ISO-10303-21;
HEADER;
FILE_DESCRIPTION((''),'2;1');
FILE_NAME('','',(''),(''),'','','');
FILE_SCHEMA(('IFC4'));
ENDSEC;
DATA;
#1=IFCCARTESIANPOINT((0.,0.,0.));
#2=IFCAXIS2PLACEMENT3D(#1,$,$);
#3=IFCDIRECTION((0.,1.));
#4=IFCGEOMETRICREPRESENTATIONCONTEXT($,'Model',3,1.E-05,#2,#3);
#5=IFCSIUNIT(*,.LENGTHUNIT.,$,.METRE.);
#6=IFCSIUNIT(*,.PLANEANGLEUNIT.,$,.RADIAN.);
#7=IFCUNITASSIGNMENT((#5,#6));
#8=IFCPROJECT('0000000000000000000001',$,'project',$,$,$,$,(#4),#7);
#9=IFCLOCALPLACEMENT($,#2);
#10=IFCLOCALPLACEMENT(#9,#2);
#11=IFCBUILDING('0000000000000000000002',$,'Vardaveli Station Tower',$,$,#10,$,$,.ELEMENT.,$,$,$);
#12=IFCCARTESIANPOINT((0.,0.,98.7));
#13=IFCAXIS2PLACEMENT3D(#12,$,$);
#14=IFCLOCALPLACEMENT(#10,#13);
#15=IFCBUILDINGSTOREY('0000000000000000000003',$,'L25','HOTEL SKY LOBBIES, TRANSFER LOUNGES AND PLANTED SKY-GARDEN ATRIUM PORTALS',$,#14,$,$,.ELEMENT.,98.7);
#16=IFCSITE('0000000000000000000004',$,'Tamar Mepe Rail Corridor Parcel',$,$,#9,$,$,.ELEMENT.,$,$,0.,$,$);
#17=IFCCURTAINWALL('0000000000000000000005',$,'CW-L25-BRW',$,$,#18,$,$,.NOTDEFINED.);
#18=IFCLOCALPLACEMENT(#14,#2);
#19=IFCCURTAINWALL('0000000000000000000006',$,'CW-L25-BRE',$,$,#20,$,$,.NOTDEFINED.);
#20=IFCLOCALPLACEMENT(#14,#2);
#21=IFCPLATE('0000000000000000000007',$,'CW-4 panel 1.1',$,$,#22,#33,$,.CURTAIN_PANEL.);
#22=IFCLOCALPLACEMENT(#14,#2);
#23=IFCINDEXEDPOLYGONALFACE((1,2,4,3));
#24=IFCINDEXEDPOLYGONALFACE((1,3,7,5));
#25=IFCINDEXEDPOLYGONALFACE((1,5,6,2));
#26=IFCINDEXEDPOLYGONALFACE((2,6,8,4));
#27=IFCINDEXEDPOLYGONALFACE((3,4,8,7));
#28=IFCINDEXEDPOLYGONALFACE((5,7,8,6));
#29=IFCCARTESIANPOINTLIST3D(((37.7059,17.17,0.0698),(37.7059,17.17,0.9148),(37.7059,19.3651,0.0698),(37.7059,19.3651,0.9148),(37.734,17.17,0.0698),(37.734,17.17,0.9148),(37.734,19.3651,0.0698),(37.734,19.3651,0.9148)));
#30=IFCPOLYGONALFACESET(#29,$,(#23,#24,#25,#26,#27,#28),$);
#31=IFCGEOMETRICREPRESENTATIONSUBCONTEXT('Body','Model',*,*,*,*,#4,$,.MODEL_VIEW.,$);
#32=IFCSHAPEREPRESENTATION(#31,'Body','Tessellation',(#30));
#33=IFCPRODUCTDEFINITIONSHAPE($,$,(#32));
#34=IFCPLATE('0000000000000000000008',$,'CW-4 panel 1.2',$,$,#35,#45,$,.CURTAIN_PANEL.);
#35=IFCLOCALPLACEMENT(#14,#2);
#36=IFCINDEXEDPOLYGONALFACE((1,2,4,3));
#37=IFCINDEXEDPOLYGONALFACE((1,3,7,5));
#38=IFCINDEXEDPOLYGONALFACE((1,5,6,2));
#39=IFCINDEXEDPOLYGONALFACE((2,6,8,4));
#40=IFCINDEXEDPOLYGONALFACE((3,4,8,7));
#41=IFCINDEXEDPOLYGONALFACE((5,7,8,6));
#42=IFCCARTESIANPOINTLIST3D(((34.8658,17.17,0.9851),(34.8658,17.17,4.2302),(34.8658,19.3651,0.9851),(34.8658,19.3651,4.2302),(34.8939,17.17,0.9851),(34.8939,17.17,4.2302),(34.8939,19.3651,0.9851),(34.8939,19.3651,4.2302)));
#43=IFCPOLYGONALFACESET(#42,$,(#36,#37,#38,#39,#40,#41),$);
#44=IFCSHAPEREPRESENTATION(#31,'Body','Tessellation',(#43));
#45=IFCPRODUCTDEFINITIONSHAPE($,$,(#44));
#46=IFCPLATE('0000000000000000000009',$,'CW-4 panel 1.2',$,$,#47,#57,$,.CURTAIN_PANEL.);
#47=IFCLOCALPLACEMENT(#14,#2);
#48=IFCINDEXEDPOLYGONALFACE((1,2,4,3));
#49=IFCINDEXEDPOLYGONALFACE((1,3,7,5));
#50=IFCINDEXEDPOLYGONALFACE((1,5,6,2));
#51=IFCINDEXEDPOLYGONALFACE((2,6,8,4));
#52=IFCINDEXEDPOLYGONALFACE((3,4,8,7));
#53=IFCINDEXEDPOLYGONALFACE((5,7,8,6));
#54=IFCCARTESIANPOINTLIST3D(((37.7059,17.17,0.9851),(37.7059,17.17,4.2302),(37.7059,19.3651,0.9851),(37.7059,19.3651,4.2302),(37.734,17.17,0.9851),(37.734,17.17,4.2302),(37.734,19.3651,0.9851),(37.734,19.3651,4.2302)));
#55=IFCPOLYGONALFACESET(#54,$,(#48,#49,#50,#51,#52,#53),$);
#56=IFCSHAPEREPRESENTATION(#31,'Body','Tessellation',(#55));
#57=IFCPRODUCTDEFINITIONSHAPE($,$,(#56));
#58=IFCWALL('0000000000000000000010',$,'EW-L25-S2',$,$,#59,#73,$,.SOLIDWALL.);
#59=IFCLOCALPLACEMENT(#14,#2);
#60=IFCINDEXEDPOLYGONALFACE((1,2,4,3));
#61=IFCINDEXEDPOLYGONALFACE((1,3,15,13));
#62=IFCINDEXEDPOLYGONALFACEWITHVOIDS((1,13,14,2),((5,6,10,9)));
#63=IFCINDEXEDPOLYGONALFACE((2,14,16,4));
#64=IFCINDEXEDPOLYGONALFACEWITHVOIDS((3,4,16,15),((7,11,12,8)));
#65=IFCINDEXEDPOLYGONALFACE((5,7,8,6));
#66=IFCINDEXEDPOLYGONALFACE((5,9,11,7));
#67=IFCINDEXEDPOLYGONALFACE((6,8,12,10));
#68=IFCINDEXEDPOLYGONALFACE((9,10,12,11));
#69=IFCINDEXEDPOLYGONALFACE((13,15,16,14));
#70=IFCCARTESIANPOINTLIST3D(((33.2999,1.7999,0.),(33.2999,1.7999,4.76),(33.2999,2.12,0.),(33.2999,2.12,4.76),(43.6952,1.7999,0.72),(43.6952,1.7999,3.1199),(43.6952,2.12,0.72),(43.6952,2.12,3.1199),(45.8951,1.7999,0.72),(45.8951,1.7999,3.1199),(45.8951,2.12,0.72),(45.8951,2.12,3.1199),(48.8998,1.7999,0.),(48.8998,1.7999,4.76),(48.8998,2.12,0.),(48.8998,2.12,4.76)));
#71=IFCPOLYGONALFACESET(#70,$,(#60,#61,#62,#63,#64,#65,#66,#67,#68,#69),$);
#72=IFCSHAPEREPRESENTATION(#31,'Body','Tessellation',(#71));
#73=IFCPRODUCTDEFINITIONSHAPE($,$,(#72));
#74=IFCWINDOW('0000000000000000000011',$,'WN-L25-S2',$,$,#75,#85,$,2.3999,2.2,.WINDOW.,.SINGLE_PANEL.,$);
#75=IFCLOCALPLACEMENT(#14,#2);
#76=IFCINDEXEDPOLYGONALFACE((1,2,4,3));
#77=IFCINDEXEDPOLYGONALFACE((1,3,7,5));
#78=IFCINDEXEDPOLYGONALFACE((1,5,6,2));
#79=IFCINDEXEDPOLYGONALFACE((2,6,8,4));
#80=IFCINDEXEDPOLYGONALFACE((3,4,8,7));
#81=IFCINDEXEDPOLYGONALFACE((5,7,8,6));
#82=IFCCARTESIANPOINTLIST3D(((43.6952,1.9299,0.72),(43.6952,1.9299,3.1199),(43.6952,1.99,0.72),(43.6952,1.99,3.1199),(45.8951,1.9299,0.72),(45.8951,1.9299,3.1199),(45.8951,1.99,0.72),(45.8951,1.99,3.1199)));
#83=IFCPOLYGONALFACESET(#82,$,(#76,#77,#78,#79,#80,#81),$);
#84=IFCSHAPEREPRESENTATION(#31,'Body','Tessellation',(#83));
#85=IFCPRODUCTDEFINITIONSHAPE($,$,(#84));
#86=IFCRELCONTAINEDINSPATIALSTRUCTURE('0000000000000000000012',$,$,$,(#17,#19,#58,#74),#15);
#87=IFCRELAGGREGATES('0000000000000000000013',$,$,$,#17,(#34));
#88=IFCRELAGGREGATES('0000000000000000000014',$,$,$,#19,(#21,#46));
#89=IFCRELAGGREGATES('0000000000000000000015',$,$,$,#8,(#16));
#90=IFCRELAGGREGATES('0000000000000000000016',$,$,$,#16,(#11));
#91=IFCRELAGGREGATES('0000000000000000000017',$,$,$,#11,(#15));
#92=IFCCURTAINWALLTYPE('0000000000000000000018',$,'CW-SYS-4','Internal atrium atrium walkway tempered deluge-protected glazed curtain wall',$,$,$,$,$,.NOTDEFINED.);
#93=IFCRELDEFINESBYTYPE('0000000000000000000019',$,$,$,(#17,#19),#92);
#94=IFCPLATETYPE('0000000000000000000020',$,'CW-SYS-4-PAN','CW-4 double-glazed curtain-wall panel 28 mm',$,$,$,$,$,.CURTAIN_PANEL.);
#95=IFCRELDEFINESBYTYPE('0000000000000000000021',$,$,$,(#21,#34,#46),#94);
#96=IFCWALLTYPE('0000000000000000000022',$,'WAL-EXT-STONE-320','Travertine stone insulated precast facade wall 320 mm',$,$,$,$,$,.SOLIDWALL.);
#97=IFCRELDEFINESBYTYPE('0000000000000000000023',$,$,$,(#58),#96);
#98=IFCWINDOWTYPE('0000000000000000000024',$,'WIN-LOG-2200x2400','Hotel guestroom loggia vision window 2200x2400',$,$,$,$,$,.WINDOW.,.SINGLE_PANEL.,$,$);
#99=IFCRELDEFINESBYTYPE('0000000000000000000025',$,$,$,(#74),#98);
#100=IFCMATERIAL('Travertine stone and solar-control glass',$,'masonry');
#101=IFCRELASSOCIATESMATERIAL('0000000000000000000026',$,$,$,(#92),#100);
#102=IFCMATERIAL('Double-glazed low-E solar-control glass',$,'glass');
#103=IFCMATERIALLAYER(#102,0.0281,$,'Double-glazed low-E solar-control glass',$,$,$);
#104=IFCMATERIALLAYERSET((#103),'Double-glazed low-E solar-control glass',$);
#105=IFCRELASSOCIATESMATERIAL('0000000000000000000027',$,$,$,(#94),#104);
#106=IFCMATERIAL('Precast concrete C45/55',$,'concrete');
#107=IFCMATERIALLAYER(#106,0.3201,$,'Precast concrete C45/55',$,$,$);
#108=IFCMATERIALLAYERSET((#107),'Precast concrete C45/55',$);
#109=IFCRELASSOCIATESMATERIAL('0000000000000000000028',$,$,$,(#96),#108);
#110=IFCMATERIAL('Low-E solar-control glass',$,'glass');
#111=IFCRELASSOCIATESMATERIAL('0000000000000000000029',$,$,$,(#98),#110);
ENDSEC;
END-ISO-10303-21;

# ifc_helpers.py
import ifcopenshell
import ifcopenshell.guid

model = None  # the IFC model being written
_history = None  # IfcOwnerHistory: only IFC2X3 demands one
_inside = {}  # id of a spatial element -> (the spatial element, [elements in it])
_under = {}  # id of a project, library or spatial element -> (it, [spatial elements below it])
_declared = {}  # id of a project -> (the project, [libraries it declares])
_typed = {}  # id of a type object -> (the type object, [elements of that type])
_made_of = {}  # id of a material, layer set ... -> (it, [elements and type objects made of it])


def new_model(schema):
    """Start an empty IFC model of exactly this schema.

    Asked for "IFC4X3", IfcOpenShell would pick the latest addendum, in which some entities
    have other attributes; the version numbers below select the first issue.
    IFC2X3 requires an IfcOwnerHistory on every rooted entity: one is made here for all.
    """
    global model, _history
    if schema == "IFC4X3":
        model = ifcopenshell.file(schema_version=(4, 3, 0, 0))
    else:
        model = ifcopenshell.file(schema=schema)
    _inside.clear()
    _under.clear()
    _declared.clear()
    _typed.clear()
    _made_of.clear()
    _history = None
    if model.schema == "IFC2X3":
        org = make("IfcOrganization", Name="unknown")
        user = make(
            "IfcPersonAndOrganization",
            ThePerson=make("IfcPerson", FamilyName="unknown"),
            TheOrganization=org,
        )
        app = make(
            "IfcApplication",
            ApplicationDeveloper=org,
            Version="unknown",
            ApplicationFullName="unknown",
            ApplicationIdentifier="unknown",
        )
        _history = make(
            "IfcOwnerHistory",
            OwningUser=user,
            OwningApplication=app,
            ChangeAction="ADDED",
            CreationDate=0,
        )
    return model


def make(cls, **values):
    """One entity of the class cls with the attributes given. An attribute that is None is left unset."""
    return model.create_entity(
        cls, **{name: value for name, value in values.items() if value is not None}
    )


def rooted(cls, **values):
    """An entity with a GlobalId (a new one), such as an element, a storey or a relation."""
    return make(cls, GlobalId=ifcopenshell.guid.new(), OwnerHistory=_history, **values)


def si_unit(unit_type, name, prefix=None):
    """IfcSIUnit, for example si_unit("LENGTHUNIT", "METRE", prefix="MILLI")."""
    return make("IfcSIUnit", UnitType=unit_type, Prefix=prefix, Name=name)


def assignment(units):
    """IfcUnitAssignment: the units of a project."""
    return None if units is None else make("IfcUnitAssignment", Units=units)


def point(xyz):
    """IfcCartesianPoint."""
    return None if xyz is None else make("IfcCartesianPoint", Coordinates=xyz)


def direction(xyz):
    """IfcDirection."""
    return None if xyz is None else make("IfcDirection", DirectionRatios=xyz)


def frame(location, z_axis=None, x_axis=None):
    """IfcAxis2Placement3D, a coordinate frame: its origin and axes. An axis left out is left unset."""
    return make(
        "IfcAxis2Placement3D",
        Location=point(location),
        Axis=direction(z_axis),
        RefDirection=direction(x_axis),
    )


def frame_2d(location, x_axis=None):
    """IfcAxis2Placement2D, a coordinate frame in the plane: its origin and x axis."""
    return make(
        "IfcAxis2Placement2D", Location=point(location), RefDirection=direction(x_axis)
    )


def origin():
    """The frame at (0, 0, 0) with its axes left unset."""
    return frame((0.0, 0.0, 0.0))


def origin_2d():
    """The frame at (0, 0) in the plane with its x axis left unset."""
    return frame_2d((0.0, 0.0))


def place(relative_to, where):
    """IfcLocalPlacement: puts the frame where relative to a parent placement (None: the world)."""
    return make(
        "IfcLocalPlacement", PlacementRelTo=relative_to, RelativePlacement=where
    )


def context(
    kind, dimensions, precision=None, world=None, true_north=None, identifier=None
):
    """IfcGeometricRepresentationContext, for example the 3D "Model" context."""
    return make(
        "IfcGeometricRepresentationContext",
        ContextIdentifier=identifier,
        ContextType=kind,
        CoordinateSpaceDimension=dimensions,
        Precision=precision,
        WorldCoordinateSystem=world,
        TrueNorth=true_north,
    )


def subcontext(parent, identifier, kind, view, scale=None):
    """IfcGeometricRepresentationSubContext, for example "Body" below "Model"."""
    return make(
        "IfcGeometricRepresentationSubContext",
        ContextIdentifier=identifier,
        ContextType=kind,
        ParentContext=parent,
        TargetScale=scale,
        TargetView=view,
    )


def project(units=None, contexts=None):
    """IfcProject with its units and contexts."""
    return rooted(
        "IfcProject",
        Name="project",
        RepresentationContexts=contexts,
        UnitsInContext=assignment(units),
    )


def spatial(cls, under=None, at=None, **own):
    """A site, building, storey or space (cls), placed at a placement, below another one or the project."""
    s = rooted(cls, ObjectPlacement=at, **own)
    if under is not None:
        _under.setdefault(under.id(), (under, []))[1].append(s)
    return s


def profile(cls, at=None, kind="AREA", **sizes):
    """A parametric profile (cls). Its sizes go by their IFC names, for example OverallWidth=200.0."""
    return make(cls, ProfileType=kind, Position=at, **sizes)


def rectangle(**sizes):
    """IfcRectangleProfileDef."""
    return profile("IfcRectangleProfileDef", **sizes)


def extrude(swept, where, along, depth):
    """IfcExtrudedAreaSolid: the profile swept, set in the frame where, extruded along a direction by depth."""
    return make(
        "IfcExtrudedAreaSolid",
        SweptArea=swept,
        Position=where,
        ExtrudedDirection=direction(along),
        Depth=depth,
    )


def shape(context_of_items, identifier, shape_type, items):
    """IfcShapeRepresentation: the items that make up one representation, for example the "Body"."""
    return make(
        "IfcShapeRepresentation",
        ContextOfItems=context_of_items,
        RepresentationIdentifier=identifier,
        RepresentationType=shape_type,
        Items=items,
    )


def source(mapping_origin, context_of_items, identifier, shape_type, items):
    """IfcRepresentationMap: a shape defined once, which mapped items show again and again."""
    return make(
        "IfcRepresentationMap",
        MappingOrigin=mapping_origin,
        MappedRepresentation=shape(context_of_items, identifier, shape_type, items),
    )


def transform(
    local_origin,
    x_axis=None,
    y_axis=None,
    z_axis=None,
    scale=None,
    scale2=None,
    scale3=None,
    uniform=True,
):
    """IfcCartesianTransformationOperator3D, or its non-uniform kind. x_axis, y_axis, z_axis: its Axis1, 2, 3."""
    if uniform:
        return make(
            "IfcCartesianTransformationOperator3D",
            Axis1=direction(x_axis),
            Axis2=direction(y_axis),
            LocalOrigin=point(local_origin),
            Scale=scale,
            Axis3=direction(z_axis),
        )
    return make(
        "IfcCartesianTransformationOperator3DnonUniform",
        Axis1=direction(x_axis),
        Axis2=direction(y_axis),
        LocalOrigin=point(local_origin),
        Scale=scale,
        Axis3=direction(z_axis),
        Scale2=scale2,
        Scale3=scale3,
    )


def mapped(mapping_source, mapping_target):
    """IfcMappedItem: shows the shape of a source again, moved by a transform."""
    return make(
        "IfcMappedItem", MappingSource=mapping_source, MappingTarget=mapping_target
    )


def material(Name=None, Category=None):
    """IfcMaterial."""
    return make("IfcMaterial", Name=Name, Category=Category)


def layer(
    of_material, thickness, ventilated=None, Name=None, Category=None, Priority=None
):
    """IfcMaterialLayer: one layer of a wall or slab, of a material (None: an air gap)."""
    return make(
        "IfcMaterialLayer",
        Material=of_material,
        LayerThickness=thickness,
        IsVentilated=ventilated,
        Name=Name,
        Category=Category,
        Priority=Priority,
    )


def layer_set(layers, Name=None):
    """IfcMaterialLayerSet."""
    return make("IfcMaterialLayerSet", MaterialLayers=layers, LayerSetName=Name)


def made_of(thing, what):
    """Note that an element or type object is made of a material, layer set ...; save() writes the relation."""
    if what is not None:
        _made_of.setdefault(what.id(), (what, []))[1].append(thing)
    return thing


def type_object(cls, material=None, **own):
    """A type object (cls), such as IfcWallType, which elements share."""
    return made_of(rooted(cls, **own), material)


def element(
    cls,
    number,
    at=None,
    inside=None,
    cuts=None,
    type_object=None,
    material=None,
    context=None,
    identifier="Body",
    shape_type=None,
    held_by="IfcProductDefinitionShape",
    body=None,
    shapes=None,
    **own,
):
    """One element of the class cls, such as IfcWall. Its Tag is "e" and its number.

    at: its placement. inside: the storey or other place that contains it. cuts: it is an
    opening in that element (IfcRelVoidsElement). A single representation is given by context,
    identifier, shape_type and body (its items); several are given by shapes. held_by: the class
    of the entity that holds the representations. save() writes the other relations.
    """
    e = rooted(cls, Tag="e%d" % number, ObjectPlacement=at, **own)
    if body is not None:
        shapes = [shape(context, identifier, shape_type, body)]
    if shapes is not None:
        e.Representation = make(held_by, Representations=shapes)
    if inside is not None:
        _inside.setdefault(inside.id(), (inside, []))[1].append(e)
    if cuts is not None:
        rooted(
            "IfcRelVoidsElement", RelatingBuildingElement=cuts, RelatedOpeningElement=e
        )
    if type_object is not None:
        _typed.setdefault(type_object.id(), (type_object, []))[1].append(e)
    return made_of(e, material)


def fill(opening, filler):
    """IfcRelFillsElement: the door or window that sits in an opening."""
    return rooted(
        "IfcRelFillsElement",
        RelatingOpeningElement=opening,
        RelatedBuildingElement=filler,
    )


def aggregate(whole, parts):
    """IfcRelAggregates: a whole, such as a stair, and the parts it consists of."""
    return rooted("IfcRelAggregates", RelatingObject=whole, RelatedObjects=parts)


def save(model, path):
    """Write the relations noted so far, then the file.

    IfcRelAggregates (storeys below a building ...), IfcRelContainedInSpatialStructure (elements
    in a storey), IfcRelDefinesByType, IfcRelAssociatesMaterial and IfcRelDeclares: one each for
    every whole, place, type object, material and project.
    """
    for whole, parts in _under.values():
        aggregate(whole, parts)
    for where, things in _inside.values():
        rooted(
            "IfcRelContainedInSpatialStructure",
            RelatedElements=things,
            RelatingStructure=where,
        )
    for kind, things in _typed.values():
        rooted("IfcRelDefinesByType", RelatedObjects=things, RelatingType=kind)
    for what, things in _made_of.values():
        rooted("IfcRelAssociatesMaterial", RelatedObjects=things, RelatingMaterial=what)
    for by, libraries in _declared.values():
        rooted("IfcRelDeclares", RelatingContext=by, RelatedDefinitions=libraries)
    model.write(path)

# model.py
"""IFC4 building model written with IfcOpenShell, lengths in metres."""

from ifc_helpers import new_model, si_unit, direction, frame, frame_2d, origin, origin_2d, place, context, subcontext, project, spatial, rectangle, extrude, source, transform, mapped, material, layer, layer_set, type_object, element, fill, aggregate, save


model = new_model("IFC4")

# Units and contexts
model_context = context("Model", 3, precision=1e-05, world=origin(), true_north=direction((0.0, 1.0)))
body_context = subcontext(model_context, "Body", "Model", "MODEL_VIEW")
ifc_project = project(units=[si_unit("LENGTHUNIT", "METRE"), si_unit("PLANEANGLEUNIT", "RADIAN")], contexts=[model_context])

# Site, building, storey
site_placement = place(None, origin())
site = spatial("IfcSite", under=ifc_project, at=site_placement, Name="Tamar Mepe Rail Corridor Parcel", CompositionType="ELEMENT", RefElevation=0.0)
building_placement = place(site_placement, origin())
building = spatial("IfcBuilding", under=site, at=building_placement, Name="Vardaveli Station Tower", CompositionType="ELEMENT")
storey_placement = place(building_placement, frame((0.0, 0.0, 98.7)))
storey = spatial("IfcBuildingStorey", under=building, at=storey_placement, Name="L25", Description="HOTEL SKY LOBBIES, TRANSFER LOUNGES AND PLANTED SKY-GARDEN ATRIUM PORTALS", CompositionType="ELEMENT", Elevation=98.7)

# Curtain walls
ifc_material_1 = material(Name="Travertine stone and solar-control glass", Category="masonry")
curtain_wall_type_1 = type_object("IfcCurtainWallType", Name="CW-SYS-4", Description="Internal atrium atrium walkway tempered deluge-protected glazed curtain wall", PredefinedType="NOTDEFINED", material=ifc_material_1)
curtain_wall_1_placement = place(storey_placement, origin())
curtain_wall_1 = element("IfcCurtainWall", 1, at=curtain_wall_1_placement, inside=storey, type_object=curtain_wall_type_1, Name="CW-L25-BRW", PredefinedType="NOTDEFINED")
curtain_wall_2_placement = place(storey_placement, origin())
curtain_wall_2 = element("IfcCurtainWall", 2, at=curtain_wall_2_placement, inside=storey, type_object=curtain_wall_type_1, Name="CW-L25-BRE", PredefinedType="NOTDEFINED")

# Plates
ifc_material_2 = material(Name="Double-glazed low-E solar-control glass", Category="glass")
ifc_layer_1 = layer(ifc_material_2, 0.0281, Name="Double-glazed low-E solar-control glass")
ifc_layer_set_1 = layer_set([ifc_layer_1], Name="Double-glazed low-E solar-control glass")
plate_type = type_object("IfcPlateType", Name="CW-SYS-4-PAN", Description="CW-4 double-glazed curtain-wall panel 28 mm", PredefinedType="CURTAIN_PANEL", material=ifc_layer_set_1)
shared_shape_1 = source(origin(), body_context, "Body", "SweptSolid", [
    extrude(rectangle(XDim=2.1951, YDim=0.0281, at=origin_2d()), origin(), (0.0, 0.0, 1.0), 0.845),
])
plate_1_placement = place(storey_placement, frame((37.72, 18.2676, 0.0698), z_axis=(0.0, 0.0, 1.0), x_axis=(0.0, 1.0, 0.0)))
plate_1 = element("IfcPlate", 3, at=plate_1_placement, type_object=plate_type, Name="CW-4 panel 1.1", PredefinedType="CURTAIN_PANEL", context=body_context, shape_type="MappedRepresentation", body=[
    mapped(shared_shape_1, transform((0.0, 0.0, 0.0), scale=1.0)),
])
shared_shape_2 = source(origin(), body_context, "Body", "SweptSolid", [
    extrude(rectangle(XDim=2.1951, YDim=0.0281, at=origin_2d()), origin(), (0.0, 0.0, 1.0), 3.2451),
])
plate_2_placement = place(storey_placement, frame((34.8799, 18.2676, 0.9851), z_axis=(0.0, 0.0, 1.0), x_axis=(0.0, 1.0, 0.0)))
plate_2 = element("IfcPlate", 4, at=plate_2_placement, type_object=plate_type, Name="CW-4 panel 1.2", PredefinedType="CURTAIN_PANEL", context=body_context, shape_type="MappedRepresentation", body=[
    mapped(shared_shape_2, transform((0.0, 0.0, 0.0), scale=1.0)),
])
aggregate(curtain_wall_1, [plate_2])
plate_3_placement = place(storey_placement, frame((37.72, 18.2676, 0.9851), z_axis=(0.0, 0.0, 1.0), x_axis=(0.0, 1.0, 0.0)))
plate_3 = element("IfcPlate", 5, at=plate_3_placement, type_object=plate_type, Name="CW-4 panel 1.2", PredefinedType="CURTAIN_PANEL", context=body_context, shape_type="MappedRepresentation", body=[
    mapped(shared_shape_2, transform((0.0, 0.0, 0.0), scale=1.0)),
])
aggregate(curtain_wall_2, [plate_1, plate_3])

# Wall, opening, window
ifc_material_3 = material(Name="Precast concrete C45/55", Category="concrete")
ifc_layer_2 = layer(ifc_material_3, 0.3201, Name="Precast concrete C45/55")
ifc_layer_set_2 = layer_set([ifc_layer_2], Name="Precast concrete C45/55")
wall_type = type_object("IfcWallType", Name="WAL-EXT-STONE-320", Description="Travertine stone insulated precast facade wall 320 mm", PredefinedType="SOLIDWALL", material=ifc_layer_set_2)
shared_shape_3 = source(origin(), body_context, "Body", "SweptSolid", [
    extrude(rectangle(XDim=15.5999, YDim=0.3201, at=frame_2d((7.7998, 0.0))), origin(), (0.0, 0.0, 1.0), 4.76),
])
wall_placement = place(storey_placement, frame((33.3, 1.96, 0.0), z_axis=(0.0, 0.0, 1.0), x_axis=(1.0, 0.0, 0.0)))
wall = element("IfcWall", 6, at=wall_placement, inside=storey, type_object=wall_type, Name="EW-L25-S2", PredefinedType="SOLIDWALL", context=body_context, shape_type="MappedRepresentation", body=[
    mapped(shared_shape_3, transform((0.0, 0.0, 0.0), scale=1.0)),
])
shared_shape_4 = source(origin(), body_context, "Body", "SweptSolid", [
    extrude(rectangle(XDim=2.2, YDim=2.3999, at=frame_2d((1.1001, 1.2))), frame((0.0, 0.1699, 0.0), z_axis=(0.0, -1.0, 0.0), x_axis=(1.0, 0.0, 0.0)), (0.0, 0.0, 1.0), 0.3401),
])
opening_placement = place(wall_placement, frame((10.395, 0.0, 0.72)))
opening = element("IfcOpeningElement", 7, at=opening_placement, cuts=wall, PredefinedType="OPENING", context=body_context, shape_type="MappedRepresentation", body=[
    mapped(shared_shape_4, transform((0.0, 0.0, 0.0), scale=1.0)),
])
ifc_material_4 = material(Name="Low-E solar-control glass", Category="glass")
window_type = type_object("IfcWindowType", Name="WIN-LOG-2200x2400", Description="Hotel guestroom loggia vision window 2200x2400", PartitioningType="SINGLE_PANEL", PredefinedType="WINDOW", material=ifc_material_4)
shared_shape_5 = source(origin(), body_context, "Body", "SweptSolid", [
    extrude(rectangle(XDim=2.2, YDim=2.3999, at=frame_2d((1.1001, 1.2))), frame((0.0, 0.03, 0.0), z_axis=(0.0, -1.0, 0.0), x_axis=(1.0, 0.0, 0.0)), (0.0, 0.0, 1.0), 0.0601),
])
window_placement = place(opening_placement, origin())
window = element("IfcWindow", 8, at=window_placement, inside=storey, type_object=window_type, Name="WN-L25-S2", OverallHeight=2.3999, OverallWidth=2.2, PartitioningType="SINGLE_PANEL", PredefinedType="WINDOW", context=body_context, shape_type="MappedRepresentation", body=[
    mapped(shared_shape_5, transform((0.0, 0.0, 0.0), scale=1.0)),
])
fill(opening, window)

save(model, "model.ifc")
